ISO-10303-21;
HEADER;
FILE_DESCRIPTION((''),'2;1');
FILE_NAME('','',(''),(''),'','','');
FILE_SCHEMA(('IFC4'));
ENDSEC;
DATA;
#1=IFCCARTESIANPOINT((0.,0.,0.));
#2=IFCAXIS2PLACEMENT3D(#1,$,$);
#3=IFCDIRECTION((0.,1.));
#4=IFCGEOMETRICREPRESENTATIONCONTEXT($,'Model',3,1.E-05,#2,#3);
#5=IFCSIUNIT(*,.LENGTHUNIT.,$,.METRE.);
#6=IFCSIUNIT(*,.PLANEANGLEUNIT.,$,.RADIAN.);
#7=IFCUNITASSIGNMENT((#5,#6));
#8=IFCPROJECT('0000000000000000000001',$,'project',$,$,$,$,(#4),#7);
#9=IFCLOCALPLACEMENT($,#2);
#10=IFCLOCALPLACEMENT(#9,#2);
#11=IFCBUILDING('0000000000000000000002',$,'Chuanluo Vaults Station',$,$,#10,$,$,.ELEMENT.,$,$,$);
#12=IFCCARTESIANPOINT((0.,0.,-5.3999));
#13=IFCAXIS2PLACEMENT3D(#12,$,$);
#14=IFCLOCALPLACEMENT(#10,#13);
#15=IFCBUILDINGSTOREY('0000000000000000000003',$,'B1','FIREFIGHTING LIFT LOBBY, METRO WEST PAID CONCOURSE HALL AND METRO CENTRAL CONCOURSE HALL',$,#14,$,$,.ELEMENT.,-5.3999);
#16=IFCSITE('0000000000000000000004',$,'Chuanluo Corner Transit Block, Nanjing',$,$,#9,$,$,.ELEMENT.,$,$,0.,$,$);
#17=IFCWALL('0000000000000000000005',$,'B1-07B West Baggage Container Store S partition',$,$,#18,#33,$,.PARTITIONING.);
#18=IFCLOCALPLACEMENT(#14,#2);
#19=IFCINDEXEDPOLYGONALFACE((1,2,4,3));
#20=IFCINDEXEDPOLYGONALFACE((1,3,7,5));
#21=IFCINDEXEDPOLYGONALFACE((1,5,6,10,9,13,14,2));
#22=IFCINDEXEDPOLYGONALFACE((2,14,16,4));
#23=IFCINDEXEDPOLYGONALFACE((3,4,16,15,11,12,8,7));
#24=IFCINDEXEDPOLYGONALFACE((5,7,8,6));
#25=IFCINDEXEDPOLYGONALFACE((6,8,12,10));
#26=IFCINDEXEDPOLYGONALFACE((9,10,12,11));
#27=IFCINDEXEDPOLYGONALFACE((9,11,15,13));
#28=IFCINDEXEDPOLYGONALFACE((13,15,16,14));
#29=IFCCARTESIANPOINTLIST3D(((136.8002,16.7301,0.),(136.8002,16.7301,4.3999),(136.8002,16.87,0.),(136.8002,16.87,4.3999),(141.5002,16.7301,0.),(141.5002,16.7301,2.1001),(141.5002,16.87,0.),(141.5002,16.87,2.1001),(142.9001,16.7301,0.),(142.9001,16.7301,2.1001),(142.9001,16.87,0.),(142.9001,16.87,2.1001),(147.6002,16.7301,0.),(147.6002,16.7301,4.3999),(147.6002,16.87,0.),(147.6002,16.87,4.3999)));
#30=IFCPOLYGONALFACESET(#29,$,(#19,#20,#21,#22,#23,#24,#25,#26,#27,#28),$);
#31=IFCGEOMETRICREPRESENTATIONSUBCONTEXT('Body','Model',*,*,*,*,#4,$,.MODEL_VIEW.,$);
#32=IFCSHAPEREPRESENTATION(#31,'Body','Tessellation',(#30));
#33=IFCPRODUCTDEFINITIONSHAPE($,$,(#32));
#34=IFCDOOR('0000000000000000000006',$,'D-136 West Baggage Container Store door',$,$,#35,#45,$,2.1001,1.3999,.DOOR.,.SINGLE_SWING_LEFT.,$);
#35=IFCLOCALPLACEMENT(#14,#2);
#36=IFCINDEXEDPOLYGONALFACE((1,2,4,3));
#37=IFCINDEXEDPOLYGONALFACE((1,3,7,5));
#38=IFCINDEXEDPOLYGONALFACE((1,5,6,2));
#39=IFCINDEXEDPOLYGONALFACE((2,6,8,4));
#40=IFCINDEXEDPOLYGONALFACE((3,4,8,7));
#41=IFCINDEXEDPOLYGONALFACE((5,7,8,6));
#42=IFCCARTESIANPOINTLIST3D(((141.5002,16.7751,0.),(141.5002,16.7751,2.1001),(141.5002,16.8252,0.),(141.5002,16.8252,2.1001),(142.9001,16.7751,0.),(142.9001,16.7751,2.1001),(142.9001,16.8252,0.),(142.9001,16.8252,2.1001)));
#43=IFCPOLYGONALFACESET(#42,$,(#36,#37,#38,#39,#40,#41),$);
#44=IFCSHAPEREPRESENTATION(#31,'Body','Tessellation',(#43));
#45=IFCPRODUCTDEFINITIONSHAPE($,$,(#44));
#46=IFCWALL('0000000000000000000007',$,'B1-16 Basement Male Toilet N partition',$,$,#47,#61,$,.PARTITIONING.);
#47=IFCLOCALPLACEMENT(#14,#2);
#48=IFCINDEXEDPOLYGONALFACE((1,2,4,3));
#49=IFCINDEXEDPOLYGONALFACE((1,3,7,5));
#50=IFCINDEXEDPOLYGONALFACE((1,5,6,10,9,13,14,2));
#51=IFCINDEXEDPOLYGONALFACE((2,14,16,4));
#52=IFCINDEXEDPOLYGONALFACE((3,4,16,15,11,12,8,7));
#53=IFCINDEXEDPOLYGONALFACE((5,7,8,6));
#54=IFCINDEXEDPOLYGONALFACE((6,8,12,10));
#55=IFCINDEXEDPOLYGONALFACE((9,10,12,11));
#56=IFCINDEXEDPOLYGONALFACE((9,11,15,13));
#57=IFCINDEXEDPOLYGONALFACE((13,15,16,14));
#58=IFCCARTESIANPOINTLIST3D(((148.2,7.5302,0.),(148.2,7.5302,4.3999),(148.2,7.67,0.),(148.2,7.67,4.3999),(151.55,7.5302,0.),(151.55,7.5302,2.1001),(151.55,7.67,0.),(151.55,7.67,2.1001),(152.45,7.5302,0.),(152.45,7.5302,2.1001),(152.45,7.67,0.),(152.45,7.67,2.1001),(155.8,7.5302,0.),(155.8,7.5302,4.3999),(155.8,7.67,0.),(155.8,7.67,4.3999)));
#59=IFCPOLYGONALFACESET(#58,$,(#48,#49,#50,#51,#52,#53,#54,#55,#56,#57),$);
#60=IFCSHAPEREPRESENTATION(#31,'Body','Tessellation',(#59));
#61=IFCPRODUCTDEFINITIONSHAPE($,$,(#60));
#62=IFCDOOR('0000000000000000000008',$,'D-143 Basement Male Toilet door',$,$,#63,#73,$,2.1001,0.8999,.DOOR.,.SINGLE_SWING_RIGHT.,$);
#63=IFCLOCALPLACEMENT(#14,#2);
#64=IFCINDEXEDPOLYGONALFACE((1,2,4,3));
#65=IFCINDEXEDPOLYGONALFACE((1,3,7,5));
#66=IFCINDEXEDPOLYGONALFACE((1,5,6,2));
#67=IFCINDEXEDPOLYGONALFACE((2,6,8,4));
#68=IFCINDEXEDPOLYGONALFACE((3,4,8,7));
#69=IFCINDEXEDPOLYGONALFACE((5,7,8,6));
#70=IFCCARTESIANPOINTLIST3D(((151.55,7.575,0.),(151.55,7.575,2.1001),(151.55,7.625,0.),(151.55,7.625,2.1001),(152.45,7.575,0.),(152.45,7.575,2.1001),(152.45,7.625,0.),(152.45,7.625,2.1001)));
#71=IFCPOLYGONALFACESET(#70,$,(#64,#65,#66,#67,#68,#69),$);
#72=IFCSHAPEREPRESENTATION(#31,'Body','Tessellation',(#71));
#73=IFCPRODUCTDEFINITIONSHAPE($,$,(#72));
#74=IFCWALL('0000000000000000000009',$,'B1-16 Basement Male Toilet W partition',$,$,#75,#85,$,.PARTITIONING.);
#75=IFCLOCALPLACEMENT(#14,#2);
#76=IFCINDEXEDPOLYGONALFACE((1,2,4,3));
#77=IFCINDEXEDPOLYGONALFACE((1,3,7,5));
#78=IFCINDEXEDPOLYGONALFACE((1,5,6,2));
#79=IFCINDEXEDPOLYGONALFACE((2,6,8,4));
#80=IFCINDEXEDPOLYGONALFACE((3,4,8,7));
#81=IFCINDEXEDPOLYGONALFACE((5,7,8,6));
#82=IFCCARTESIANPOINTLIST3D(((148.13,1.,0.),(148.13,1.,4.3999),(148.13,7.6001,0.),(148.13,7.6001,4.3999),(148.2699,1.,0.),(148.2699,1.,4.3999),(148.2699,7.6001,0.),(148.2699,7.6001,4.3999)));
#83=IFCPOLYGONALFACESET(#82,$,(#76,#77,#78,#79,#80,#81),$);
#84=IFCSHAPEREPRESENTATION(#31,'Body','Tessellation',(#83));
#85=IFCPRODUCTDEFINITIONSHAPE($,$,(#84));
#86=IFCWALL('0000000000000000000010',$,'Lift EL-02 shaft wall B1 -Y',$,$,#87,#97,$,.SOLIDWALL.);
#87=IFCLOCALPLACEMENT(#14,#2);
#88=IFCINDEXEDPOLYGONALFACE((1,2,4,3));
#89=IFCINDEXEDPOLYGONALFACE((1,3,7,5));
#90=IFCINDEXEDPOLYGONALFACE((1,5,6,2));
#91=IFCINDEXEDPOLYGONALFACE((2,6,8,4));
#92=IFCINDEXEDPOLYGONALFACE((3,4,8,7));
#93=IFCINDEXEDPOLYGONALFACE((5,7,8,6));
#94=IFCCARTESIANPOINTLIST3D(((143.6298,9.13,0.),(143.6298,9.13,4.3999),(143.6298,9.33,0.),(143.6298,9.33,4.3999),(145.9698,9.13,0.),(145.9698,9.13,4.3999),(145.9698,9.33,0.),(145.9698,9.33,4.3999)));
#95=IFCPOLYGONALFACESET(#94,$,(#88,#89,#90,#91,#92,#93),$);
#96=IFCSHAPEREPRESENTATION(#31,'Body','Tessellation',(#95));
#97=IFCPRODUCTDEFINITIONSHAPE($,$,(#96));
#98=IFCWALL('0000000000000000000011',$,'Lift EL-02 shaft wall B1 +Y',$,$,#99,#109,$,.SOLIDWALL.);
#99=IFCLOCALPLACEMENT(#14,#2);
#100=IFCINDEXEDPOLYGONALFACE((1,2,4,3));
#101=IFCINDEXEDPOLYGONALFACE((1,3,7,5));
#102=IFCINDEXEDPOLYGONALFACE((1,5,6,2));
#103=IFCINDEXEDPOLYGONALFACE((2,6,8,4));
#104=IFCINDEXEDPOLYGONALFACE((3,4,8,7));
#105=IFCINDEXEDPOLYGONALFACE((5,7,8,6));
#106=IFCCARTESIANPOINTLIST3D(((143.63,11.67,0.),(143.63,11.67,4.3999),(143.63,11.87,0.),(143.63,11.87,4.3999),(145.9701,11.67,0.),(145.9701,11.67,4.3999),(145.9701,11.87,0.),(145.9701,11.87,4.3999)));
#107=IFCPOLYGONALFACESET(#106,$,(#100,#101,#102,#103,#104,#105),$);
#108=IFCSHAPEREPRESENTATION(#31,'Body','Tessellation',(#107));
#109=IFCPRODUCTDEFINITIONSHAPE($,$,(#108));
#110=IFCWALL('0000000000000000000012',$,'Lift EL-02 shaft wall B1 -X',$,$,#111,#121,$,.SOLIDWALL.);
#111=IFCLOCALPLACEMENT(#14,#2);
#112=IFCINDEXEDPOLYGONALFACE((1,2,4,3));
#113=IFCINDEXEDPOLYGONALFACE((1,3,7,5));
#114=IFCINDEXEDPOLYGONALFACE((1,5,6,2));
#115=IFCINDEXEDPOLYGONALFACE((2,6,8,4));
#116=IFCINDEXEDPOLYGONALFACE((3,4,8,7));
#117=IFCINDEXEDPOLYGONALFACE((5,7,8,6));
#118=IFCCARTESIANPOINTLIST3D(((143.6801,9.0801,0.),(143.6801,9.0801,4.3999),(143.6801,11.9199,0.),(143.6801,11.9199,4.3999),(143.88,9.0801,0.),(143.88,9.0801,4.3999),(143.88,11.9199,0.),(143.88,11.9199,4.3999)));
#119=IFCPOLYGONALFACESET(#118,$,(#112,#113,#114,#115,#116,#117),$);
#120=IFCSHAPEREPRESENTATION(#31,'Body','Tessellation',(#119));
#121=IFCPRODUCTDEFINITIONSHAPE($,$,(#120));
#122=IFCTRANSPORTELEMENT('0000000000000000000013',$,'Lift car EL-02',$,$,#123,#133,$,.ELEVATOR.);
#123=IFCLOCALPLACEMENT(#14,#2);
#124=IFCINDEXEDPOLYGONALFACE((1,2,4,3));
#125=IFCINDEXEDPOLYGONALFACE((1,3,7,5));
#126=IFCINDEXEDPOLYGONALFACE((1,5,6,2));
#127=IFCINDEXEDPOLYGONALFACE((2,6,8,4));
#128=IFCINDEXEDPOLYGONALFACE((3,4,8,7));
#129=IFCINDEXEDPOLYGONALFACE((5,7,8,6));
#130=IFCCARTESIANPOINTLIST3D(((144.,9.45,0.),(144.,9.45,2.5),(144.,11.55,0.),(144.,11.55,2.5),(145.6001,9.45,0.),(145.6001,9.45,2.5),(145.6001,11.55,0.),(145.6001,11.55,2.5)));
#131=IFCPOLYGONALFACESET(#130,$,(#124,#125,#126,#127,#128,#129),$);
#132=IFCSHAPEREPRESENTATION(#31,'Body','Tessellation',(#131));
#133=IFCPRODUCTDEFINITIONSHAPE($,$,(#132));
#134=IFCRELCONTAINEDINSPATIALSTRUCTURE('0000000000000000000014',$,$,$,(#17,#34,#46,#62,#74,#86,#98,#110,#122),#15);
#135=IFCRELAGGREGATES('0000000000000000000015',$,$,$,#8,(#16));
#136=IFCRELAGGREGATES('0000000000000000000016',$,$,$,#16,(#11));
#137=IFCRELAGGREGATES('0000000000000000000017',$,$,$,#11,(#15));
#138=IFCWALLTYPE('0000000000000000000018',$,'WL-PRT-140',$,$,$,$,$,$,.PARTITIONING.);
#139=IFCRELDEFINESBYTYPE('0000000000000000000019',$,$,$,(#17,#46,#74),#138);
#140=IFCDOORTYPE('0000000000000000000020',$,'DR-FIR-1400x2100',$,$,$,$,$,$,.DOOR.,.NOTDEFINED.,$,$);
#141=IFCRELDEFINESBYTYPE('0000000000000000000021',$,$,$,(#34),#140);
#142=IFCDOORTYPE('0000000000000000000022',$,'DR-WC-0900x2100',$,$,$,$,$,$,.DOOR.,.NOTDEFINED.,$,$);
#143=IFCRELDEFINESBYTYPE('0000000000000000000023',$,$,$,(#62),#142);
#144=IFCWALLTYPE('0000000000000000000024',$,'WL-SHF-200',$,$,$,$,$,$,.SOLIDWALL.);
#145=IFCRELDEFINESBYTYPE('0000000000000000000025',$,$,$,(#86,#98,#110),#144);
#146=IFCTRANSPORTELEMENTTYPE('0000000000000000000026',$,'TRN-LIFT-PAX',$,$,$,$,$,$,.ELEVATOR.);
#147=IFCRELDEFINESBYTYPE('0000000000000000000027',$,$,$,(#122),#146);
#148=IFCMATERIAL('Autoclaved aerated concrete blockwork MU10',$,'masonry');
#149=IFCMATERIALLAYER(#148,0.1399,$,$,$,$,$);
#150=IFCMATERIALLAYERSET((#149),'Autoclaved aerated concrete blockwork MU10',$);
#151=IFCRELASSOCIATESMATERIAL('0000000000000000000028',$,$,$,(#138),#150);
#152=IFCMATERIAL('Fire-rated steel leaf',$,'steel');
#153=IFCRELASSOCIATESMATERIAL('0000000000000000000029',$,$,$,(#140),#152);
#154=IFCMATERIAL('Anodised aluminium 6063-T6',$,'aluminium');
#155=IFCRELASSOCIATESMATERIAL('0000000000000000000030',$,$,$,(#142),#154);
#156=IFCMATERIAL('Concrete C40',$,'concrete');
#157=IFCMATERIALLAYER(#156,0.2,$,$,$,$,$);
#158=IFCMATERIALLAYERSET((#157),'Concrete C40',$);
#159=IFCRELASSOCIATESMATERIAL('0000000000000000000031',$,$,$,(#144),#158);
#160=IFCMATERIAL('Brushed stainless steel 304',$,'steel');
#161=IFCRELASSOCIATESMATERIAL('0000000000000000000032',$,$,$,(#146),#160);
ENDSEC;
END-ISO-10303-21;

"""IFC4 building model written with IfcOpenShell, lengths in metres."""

from ifc_helpers import new_model, si_unit, direction, frame, frame_2d, origin, origin_2d, place, context, subcontext, project, spatial, rectangle, extrude, material, layer, layer_set, type_object, element, fill, save


model = new_model("IFC4")

# Units and contexts
model_context = context("Model", 3, precision=1e-05, world=origin(), true_north=direction((0.0, 1.0)))
body_context = subcontext(model_context, "Body", "Model", "MODEL_VIEW")
ifc_project = project(units=[si_unit("LENGTHUNIT", "METRE"), si_unit("PLANEANGLEUNIT", "RADIAN")], contexts=[model_context])

# Site, building, storey
site_placement = place(None, origin())
site = spatial("IfcSite", under=ifc_project, at=site_placement, Name="Chuanluo Corner Transit Block, Nanjing", CompositionType="ELEMENT", RefElevation=0.0)
building_placement = place(site_placement, origin())
building = spatial("IfcBuilding", under=site, at=building_placement, Name="Chuanluo Vaults Station", CompositionType="ELEMENT")
storey_placement = place(building_placement, frame((0.0, 0.0, -5.3999)))
storey = spatial("IfcBuildingStorey", under=building, at=storey_placement, Name="B1", Description="FIREFIGHTING LIFT LOBBY, METRO WEST PAID CONCOURSE HALL AND METRO CENTRAL CONCOURSE HALL", CompositionType="ELEMENT", Elevation=-5.3999)

# Walls, openings, doors
ifc_material_1 = material(Name="Autoclaved aerated concrete blockwork MU10", Category="masonry")
ifc_layer_1 = layer(ifc_material_1, 0.1399)
ifc_layer_set_1 = layer_set([ifc_layer_1], Name="Autoclaved aerated concrete blockwork MU10")
wall_type_1 = type_object("IfcWallType", Name="WL-PRT-140", PredefinedType="PARTITIONING", material=ifc_layer_set_1)
wall_1_placement = place(storey_placement, frame((147.6001, 16.8, 0.0), z_axis=(0.0, 0.0, 1.0), x_axis=(-1.0, 0.0, 0.0)))
wall_1 = element("IfcWall", 1, at=wall_1_placement, inside=storey, type_object=wall_type_1, Name="B1-07B West Baggage Container Store S partition", PredefinedType="PARTITIONING", context=body_context, shape_type="SweptSolid", body=[
    extrude(rectangle(XDim=10.8, YDim=0.1399, at=frame_2d((5.3999, 0.0))), origin(), (0.0, 0.0, 1.0), 4.3999),
])
opening_1_placement = place(wall_1_placement, frame((4.7, 0.0, 0.0)))
opening_1 = element("IfcOpeningElement", 2, at=opening_1_placement, cuts=wall_1, PredefinedType="OPENING", context=body_context, shape_type="SweptSolid", body=[
    extrude(rectangle(XDim=1.3999, YDim=2.1001, at=frame_2d((0.7, 1.05))), frame((0.0, 0.0798, 0.0), z_axis=(0.0, -1.0, 0.0), x_axis=(1.0, 0.0, 0.0)), (0.0, 0.0, 1.0), 0.1599),
])
ifc_material_2 = material(Name="Fire-rated steel leaf", Category="steel")
door_type_1 = type_object("IfcDoorType", Name="DR-FIR-1400x2100", OperationType="NOTDEFINED", PredefinedType="DOOR", material=ifc_material_2)
door_1_placement = place(opening_1_placement, origin())
door_1 = element("IfcDoor", 3, at=door_1_placement, inside=storey, type_object=door_type_1, Name="D-136 West Baggage Container Store door", OperationType="SINGLE_SWING_LEFT", OverallHeight=2.1001, OverallWidth=1.3999, PredefinedType="DOOR", context=body_context, shape_type="SweptSolid", body=[
    extrude(rectangle(XDim=1.3999, YDim=2.1001, at=frame_2d((0.7, 1.05))), frame((0.0, 0.0249, 0.0), z_axis=(0.0, -1.0, 0.0), x_axis=(1.0, 0.0, 0.0)), (0.0, 0.0, 1.0), 0.05),
])
fill(opening_1, door_1)
wall_2_placement = place(storey_placement, frame((148.2, 7.6001, 0.0), z_axis=(0.0, 0.0, 1.0), x_axis=(1.0, 0.0, 0.0)))
wall_2 = element("IfcWall", 4, at=wall_2_placement, inside=storey, type_object=wall_type_1, Name="B1-16 Basement Male Toilet N partition", PredefinedType="PARTITIONING", context=body_context, shape_type="SweptSolid", body=[
    extrude(rectangle(XDim=7.6001, YDim=0.1399, at=frame_2d((3.8, 0.0))), origin(), (0.0, 0.0, 1.0), 4.3999),
])
opening_2_placement = place(wall_2_placement, frame((3.3501, 0.0, 0.0)))
opening_2 = element("IfcOpeningElement", 5, at=opening_2_placement, cuts=wall_2, PredefinedType="OPENING", context=body_context, shape_type="SweptSolid", body=[
    extrude(rectangle(XDim=0.8999, YDim=2.1001, at=frame_2d((0.45, 1.05))), frame((0.0, 0.0798, 0.0), z_axis=(0.0, -1.0, 0.0), x_axis=(1.0, 0.0, 0.0)), (0.0, 0.0, 1.0), 0.1599),
])
ifc_material_3 = material(Name="Anodised aluminium 6063-T6", Category="aluminium")
door_type_2 = type_object("IfcDoorType", Name="DR-WC-0900x2100", OperationType="NOTDEFINED", PredefinedType="DOOR", material=ifc_material_3)
door_2_placement = place(opening_2_placement, origin())
door_2 = element("IfcDoor", 6, at=door_2_placement, inside=storey, type_object=door_type_2, Name="D-143 Basement Male Toilet door", OperationType="SINGLE_SWING_RIGHT", OverallHeight=2.1001, OverallWidth=0.8999, PredefinedType="DOOR", context=body_context, shape_type="SweptSolid", body=[
    extrude(rectangle(XDim=0.8999, YDim=2.1001, at=frame_2d((0.45, 1.05))), frame((0.0, 0.0249, 0.0), z_axis=(0.0, -1.0, 0.0), x_axis=(1.0, 0.0, 0.0)), (0.0, 0.0, 1.0), 0.05),
])
fill(opening_2, door_2)

# Walls
wall_3_placement = place(storey_placement, frame((148.2, 1.0, 0.0), z_axis=(0.0, 0.0, 1.0), x_axis=(0.0, 1.0, 0.0)))
element("IfcWall", 7, at=wall_3_placement, inside=storey, type_object=wall_type_1, Name="B1-16 Basement Male Toilet W partition", PredefinedType="PARTITIONING", context=body_context, shape_type="SweptSolid", body=[
    extrude(rectangle(XDim=6.6001, YDim=0.1399, at=frame_2d((3.3, 0.0))), origin(), (0.0, 0.0, 1.0), 4.3999),
])
ifc_material_4 = material(Name="Concrete C40", Category="concrete")
ifc_layer_2 = layer(ifc_material_4, 0.2)
ifc_layer_set_2 = layer_set([ifc_layer_2], Name="Concrete C40")
wall_type_2 = type_object("IfcWallType", Name="WL-SHF-200", PredefinedType="SOLIDWALL", material=ifc_layer_set_2)
for number, where, z_axis, x_axis, name in (
    (8, (143.6299, 9.23, 0.0), (0.0, 0.0, 1.0), (1.0, 0.0, 0.0), "Lift EL-02 shaft wall B1 -Y"),
    (9, (145.97, 11.77, 0.0), (0.0, 0.0, 1.0), (-1.0, 0.0, 0.0), "Lift EL-02 shaft wall B1 +Y"),
):
    element("IfcWall", number, at=place(storey_placement, frame(where, z_axis=z_axis, x_axis=x_axis)), inside=storey, type_object=wall_type_2, Name=name, PredefinedType="SOLIDWALL", context=body_context, shape_type="SweptSolid", body=[
        extrude(rectangle(XDim=2.3401, YDim=0.2, at=frame_2d((1.1699, 0.0))), origin(), (0.0, 0.0, 1.0), 4.3999),
    ])
wall_4_placement = place(storey_placement, frame((143.78, 11.9199, 0.0), z_axis=(0.0, 0.0, 1.0), x_axis=(0.0, -1.0, 0.0)))
element("IfcWall", 10, at=wall_4_placement, inside=storey, type_object=wall_type_2, Name="Lift EL-02 shaft wall B1 -X", PredefinedType="SOLIDWALL", context=body_context, shape_type="SweptSolid", body=[
    extrude(rectangle(XDim=2.8398, YDim=0.2, at=frame_2d((1.4199, 0.0))), origin(), (0.0, 0.0, 1.0), 4.3999),
])

# Transport element
ifc_material_5 = material(Name="Brushed stainless steel 304", Category="steel")
transport_element_type = type_object("IfcTransportElementType", Name="TRN-LIFT-PAX", PredefinedType="ELEVATOR", material=ifc_material_5)
transport_element_placement = place(storey_placement, frame((144.8, 10.5, 0.0), z_axis=(0.0, 0.0, 1.0), x_axis=(1.0, 0.0, 0.0)))
element("IfcTransportElement", 11, at=transport_element_placement, inside=storey, type_object=transport_element_type, Name="Lift car EL-02", PredefinedType="ELEVATOR", context=body_context, shape_type="SweptSolid", body=[
    extrude(rectangle(XDim=1.6001, YDim=2.1001, at=origin_2d()), origin(), (0.0, 0.0, 1.0), 2.5),
])

save(model, "model.ifc")
